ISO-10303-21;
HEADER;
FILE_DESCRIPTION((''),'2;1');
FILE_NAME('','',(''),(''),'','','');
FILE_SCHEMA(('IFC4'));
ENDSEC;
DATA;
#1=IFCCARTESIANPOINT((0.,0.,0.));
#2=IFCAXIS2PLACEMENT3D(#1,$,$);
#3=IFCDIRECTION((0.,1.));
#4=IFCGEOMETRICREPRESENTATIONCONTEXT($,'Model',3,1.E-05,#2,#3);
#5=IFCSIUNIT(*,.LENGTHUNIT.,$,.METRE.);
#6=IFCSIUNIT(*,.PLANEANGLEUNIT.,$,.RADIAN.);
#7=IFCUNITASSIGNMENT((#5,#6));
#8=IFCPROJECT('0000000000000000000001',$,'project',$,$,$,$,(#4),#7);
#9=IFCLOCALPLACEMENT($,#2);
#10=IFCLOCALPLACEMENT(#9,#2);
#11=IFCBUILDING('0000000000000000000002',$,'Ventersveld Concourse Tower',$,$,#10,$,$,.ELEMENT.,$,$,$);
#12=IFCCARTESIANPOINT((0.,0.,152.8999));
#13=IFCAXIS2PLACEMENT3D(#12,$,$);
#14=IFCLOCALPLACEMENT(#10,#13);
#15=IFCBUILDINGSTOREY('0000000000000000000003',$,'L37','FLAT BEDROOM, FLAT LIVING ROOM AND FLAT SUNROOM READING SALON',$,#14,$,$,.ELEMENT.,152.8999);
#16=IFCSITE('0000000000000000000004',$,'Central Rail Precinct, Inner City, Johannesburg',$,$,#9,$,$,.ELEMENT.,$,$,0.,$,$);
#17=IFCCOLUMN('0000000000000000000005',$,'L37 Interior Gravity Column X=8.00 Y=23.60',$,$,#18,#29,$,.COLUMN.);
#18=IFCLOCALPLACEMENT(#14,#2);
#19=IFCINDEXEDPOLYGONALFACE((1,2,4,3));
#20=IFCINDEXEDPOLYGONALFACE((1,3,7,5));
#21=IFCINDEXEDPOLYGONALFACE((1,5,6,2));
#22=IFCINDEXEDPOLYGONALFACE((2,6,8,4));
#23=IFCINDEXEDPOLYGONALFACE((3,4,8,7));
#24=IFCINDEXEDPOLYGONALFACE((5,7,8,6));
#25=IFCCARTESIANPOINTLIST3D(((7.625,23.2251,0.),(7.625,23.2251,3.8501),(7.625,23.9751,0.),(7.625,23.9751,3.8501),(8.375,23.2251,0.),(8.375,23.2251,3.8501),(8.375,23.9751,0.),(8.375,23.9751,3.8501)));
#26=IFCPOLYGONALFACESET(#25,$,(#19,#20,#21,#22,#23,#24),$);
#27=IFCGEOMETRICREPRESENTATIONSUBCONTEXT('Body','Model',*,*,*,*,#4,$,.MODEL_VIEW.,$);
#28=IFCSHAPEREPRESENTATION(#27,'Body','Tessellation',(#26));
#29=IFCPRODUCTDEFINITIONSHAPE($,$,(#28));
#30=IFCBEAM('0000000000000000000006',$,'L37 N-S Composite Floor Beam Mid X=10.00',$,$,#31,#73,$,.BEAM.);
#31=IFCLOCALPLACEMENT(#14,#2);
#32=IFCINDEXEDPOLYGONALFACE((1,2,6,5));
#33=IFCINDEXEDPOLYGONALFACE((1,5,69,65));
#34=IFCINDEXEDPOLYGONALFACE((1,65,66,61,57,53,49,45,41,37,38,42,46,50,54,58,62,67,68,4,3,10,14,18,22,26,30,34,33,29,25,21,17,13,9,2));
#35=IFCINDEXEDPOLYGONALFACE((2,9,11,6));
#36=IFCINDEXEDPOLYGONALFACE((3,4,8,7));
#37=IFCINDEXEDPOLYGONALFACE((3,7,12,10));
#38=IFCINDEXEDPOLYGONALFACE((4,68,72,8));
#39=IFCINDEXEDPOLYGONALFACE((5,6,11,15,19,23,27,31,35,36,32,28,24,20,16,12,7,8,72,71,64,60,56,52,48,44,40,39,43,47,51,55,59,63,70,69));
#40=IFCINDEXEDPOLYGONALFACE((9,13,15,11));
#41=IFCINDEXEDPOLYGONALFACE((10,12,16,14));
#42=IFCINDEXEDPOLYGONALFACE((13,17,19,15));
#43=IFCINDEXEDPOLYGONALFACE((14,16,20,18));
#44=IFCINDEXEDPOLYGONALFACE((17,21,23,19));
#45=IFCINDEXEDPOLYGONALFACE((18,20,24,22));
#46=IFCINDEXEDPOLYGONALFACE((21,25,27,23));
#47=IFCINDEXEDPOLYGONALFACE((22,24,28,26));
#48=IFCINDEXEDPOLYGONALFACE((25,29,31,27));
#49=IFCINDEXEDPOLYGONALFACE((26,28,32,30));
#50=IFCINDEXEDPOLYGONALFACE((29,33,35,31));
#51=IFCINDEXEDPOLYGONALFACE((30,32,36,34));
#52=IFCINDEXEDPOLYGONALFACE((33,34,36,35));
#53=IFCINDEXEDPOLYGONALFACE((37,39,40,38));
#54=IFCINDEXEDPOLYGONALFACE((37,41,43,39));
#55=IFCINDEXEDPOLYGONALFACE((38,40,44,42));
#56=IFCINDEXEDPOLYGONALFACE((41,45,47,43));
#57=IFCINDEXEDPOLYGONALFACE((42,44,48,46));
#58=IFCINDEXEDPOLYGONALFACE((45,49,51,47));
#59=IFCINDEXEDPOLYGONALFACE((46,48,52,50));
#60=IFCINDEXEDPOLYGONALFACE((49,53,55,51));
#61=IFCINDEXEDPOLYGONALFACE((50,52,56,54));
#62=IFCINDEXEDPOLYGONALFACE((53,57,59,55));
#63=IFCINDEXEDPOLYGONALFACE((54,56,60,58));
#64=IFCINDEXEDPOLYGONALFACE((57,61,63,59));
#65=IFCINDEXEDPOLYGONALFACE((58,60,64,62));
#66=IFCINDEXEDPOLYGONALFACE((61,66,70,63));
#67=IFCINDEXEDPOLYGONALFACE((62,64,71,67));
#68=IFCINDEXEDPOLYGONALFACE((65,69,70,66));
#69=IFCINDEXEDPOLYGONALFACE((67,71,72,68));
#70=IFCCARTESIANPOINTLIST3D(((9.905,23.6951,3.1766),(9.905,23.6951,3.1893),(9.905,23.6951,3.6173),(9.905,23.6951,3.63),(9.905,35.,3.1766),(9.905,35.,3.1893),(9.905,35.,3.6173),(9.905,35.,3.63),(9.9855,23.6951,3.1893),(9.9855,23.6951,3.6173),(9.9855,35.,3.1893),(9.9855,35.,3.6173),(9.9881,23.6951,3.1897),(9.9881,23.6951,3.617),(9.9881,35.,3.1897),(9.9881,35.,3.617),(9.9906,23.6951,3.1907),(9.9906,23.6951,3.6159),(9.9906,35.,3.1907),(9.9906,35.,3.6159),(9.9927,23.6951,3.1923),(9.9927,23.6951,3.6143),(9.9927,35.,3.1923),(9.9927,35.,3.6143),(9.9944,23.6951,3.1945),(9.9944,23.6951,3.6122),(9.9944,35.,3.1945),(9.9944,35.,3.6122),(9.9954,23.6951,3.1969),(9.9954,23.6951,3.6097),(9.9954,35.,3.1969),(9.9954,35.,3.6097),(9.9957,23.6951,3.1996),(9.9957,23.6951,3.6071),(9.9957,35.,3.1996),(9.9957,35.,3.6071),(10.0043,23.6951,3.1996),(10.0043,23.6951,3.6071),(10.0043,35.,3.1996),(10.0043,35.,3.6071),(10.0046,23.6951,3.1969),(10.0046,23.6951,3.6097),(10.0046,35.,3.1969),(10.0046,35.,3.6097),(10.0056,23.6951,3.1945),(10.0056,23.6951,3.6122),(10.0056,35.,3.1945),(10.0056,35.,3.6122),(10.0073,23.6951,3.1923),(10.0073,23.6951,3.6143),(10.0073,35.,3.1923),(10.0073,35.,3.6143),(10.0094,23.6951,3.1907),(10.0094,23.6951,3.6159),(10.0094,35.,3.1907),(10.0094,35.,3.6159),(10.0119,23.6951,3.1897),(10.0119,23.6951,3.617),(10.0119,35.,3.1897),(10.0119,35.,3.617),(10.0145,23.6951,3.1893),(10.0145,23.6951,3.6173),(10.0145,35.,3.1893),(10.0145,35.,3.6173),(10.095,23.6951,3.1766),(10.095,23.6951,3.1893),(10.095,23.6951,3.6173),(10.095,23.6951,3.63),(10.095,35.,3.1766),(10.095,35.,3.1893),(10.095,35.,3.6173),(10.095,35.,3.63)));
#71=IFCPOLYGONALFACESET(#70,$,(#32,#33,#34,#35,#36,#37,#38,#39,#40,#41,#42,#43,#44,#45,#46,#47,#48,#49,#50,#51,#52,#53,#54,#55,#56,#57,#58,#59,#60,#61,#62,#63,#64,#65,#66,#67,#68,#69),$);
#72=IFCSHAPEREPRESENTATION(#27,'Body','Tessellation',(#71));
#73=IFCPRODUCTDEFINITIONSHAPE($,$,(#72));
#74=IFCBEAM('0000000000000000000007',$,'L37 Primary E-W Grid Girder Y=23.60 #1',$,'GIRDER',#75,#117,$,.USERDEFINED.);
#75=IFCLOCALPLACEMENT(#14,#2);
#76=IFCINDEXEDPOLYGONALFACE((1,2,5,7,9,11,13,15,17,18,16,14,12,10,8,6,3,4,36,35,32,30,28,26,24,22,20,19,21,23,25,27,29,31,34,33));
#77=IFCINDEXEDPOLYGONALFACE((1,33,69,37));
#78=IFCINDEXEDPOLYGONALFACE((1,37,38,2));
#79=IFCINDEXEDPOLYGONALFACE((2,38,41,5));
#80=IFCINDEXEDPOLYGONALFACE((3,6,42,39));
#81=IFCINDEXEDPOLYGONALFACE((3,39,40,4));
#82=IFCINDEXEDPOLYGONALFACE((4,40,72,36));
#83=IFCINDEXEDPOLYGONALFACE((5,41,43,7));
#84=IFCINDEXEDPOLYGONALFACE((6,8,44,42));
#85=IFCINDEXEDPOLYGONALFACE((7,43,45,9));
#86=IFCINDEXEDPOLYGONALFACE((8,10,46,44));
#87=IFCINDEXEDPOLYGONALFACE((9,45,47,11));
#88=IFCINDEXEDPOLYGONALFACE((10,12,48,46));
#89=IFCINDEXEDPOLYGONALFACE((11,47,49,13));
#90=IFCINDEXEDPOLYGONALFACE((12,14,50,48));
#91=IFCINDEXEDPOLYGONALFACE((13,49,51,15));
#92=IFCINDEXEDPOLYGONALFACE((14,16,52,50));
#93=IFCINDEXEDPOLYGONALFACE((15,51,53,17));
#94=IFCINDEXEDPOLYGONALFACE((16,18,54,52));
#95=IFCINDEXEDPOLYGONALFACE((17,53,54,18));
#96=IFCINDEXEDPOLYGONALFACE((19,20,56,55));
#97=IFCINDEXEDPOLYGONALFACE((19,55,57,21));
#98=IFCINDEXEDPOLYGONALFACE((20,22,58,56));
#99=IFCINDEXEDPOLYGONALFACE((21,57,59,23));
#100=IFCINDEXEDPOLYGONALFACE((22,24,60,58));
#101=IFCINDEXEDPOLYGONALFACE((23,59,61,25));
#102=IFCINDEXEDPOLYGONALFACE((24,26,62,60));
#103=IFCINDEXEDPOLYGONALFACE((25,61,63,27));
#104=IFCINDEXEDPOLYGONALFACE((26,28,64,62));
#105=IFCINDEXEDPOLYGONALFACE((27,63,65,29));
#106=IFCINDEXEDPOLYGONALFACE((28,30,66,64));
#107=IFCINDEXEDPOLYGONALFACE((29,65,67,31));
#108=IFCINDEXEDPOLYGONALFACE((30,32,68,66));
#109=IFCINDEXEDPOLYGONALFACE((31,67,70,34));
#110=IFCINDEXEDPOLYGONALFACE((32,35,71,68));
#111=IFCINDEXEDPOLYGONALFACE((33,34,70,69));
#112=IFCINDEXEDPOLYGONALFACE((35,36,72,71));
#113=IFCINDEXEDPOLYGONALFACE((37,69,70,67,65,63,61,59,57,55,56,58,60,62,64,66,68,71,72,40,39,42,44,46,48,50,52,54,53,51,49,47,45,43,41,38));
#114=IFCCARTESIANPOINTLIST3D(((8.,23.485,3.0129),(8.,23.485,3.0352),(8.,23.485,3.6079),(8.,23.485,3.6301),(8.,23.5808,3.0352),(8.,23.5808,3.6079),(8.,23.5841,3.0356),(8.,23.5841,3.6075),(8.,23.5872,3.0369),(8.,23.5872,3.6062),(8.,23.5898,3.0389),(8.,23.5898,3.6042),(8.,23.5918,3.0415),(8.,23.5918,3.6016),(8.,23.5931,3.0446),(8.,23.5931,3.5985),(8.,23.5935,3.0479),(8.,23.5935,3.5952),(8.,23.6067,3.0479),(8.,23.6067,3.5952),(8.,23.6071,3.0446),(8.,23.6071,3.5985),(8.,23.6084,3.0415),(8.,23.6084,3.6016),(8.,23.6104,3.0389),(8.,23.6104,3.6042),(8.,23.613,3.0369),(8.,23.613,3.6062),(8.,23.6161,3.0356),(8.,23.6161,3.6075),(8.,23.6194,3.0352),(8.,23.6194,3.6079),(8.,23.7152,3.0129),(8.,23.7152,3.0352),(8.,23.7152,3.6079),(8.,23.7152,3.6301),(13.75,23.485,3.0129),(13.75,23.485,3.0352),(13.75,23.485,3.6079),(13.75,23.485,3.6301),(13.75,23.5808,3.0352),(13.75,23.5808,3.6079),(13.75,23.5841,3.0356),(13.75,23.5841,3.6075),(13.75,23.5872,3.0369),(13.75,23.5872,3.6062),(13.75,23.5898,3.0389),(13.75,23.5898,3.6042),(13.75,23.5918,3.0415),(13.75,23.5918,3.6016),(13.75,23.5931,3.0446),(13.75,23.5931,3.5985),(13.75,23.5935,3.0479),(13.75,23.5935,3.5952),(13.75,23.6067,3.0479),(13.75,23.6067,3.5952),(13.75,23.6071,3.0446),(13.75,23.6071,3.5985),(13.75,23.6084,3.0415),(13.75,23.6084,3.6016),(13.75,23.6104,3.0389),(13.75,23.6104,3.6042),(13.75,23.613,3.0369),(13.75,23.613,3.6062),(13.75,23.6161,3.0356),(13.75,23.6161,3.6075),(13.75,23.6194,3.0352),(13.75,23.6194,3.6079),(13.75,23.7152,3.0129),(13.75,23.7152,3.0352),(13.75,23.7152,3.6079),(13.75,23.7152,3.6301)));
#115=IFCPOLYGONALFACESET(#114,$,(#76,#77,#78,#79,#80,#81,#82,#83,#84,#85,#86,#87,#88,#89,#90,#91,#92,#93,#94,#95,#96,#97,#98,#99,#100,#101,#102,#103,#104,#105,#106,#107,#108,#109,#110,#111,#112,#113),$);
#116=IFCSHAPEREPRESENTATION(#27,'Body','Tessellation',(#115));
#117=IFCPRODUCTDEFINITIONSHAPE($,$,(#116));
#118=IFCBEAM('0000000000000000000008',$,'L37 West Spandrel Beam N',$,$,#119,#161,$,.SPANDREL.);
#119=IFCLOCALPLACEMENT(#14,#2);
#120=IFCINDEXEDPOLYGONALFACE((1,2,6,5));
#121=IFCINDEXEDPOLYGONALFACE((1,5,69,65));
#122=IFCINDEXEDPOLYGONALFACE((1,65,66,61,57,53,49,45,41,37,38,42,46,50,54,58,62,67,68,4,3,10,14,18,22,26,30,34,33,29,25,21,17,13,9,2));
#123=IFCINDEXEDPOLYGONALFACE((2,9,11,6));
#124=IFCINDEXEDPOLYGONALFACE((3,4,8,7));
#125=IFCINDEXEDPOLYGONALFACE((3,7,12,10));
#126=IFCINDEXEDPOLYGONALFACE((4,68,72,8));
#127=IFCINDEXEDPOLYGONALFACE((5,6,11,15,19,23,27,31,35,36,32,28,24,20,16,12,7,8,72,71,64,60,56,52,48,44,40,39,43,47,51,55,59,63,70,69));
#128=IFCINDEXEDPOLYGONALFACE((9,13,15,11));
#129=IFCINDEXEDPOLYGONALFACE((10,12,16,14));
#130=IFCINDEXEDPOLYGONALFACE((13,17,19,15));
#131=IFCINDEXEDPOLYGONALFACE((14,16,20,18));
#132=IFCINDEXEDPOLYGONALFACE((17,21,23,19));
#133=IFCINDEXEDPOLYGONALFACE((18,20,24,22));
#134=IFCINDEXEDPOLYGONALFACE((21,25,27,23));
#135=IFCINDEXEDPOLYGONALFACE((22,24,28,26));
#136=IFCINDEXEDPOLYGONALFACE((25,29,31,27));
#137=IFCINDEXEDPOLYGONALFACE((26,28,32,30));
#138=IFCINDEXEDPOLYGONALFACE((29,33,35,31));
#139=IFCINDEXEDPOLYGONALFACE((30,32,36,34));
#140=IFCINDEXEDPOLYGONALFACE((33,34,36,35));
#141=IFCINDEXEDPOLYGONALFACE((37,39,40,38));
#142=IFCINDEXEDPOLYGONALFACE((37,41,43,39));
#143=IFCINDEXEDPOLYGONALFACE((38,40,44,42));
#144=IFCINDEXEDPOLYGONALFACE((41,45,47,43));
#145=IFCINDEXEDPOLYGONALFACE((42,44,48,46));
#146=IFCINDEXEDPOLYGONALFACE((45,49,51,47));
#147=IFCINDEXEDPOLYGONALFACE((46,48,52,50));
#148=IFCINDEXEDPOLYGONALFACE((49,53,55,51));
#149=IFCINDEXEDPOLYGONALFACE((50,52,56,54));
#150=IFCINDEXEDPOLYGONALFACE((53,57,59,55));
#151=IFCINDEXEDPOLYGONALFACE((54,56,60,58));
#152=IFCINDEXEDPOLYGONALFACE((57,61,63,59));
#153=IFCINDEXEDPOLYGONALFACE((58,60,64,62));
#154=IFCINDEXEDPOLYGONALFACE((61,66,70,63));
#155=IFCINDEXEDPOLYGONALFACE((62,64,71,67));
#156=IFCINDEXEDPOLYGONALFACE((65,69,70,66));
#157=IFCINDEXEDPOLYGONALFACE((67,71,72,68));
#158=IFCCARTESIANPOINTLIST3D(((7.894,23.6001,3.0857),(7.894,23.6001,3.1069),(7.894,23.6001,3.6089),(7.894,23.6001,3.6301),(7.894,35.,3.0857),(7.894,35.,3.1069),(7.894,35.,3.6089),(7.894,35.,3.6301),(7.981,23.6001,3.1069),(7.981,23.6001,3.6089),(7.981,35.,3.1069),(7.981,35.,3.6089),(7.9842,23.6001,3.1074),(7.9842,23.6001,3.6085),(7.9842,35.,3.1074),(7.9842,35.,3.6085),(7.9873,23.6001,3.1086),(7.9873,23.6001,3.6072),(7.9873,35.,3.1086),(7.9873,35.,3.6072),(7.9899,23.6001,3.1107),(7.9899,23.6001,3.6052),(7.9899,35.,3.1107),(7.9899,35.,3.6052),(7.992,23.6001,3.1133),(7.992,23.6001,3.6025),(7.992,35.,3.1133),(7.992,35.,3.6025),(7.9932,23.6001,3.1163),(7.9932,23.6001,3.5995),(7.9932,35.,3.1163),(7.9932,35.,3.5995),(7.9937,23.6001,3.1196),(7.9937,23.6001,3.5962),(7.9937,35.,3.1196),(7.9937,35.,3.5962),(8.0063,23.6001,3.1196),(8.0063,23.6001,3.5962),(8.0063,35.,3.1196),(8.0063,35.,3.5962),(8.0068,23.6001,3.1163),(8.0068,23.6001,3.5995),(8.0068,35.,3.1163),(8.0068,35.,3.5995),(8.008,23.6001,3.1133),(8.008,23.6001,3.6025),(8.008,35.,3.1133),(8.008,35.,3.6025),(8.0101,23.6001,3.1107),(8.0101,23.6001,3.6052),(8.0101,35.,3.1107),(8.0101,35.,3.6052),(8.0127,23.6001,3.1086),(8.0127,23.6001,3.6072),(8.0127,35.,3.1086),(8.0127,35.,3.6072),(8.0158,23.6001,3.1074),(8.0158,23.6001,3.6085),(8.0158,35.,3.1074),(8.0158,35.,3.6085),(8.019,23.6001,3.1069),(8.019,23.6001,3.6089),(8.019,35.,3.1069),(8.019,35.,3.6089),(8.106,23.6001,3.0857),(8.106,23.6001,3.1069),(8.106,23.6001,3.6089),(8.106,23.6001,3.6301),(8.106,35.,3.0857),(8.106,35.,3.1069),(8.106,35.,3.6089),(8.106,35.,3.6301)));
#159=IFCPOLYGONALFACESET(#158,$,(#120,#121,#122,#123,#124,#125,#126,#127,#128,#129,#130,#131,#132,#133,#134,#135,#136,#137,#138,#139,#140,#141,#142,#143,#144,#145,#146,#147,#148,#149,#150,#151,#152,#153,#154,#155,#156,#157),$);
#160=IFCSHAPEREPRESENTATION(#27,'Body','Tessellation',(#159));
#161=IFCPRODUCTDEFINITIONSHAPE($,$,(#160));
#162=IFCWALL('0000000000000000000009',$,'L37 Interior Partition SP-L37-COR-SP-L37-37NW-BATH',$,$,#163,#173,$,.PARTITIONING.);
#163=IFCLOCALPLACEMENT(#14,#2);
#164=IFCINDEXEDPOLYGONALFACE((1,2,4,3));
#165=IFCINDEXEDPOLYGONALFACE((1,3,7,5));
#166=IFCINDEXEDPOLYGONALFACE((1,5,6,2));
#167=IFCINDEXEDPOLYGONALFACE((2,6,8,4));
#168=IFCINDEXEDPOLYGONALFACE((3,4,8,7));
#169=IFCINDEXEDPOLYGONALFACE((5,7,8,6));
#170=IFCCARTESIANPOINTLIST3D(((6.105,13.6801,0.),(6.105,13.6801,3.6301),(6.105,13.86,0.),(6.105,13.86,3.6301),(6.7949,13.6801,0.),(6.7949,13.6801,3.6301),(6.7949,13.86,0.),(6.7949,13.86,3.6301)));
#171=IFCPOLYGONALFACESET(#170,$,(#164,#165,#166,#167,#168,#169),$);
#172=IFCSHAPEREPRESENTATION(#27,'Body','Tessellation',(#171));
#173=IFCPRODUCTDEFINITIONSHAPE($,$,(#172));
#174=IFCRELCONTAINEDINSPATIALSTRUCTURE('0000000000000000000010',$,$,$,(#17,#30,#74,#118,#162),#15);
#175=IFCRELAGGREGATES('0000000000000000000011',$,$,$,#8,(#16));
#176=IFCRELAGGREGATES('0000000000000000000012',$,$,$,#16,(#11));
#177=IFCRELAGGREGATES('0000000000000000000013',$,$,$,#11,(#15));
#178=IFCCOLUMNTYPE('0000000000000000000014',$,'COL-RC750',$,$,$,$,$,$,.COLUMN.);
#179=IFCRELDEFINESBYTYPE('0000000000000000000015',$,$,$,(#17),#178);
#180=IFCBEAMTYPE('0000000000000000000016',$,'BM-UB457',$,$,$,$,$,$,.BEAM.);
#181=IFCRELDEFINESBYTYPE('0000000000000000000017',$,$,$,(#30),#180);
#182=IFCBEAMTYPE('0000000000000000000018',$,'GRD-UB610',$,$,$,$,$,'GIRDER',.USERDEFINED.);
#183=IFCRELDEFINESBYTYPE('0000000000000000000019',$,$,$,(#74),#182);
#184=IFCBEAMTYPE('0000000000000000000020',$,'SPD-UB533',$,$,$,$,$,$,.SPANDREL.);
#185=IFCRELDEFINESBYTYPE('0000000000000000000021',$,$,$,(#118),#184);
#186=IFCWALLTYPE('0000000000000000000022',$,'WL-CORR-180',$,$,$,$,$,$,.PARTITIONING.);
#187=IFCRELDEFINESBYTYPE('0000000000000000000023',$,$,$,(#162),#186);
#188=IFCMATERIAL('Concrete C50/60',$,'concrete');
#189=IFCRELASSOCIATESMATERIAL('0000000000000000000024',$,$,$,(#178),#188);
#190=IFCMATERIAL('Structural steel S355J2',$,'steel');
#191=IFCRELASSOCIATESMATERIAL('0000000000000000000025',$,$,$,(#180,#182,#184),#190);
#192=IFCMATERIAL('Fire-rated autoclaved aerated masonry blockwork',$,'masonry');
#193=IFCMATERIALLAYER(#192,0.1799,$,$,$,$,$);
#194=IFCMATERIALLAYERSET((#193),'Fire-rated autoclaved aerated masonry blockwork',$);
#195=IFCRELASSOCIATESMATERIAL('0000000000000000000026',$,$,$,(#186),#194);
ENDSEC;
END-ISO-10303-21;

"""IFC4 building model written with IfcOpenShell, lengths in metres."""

from ifc_helpers import new_model, si_unit, direction, frame, frame_2d, origin, origin_2d, place, context, subcontext, project, spatial, rectangle, i_section, extrude, material, layer, layer_set, material_profile, profile_set, type_object, element, save


model = new_model("IFC4")

# Units and contexts
model_context = context("Model", 3, precision=1e-05, world=origin(), true_north=direction((0.0, 1.0)))
body_context = subcontext(model_context, "Body", "Model", "MODEL_VIEW")
ifc_project = project(units=[si_unit("LENGTHUNIT", "METRE"), si_unit("PLANEANGLEUNIT", "RADIAN")], contexts=[model_context])

# Site, building, storey
site_placement = place(None, origin())
site = spatial("IfcSite", under=ifc_project, at=site_placement, Name="Central Rail Precinct, Inner City, Johannesburg", CompositionType="ELEMENT", RefElevation=0.0)
building_placement = place(site_placement, origin())
building = spatial("IfcBuilding", under=site, at=building_placement, Name="Ventersveld Concourse Tower", CompositionType="ELEMENT")
storey_placement = place(building_placement, frame((0.0, 0.0, 152.8999)))
storey = spatial("IfcBuildingStorey", under=building, at=storey_placement, Name="L37", Description="FLAT BEDROOM, FLAT LIVING ROOM AND FLAT SUNROOM READING SALON", CompositionType="ELEMENT", Elevation=152.8999)

# Column
ifc_material_1 = material(Name="Concrete C50/60", Category="concrete")
ifc_material_profile_1 = material_profile(ifc_material_1, rectangle(XDim=0.75, YDim=0.75, at=origin_2d()), Name="RC 750x750")
ifc_profile_set_1 = profile_set([ifc_material_profile_1], Name="Concrete C50/60")
column_type = type_object("IfcColumnType", Name="COL-RC750", PredefinedType="COLUMN", material=ifc_profile_set_1)
column_placement = place(storey_placement, frame((8.0, 23.6001, 0.0), z_axis=(0.0, 0.0, 1.0), x_axis=(1.0, 0.0, 0.0)))
element("IfcColumn", 1, at=column_placement, inside=storey, type_object=column_type, Name="L37 Interior Gravity Column X=8.00 Y=23.60", PredefinedType="COLUMN", context=body_context, shape_type="SweptSolid", body=[
    extrude(rectangle(XDim=0.75, YDim=0.75, at=origin_2d()), origin(), (0.0, 0.0, 1.0), 3.8501),
])

# Beams
ifc_material_2 = material(Name="Structural steel S355J2", Category="steel")
ifc_material_profile_2 = material_profile(ifc_material_2, i_section(OverallWidth=0.1899, OverallDepth=0.4534, WebThickness=0.0085, FlangeThickness=0.0127, FilletRadius=0.0103, at=origin_2d()), Name="UB 457x191x67")
ifc_profile_set_2 = profile_set([ifc_material_profile_2], Name="Structural steel S355J2")
beam_type_1 = type_object("IfcBeamType", Name="BM-UB457", PredefinedType="BEAM", material=ifc_profile_set_2)
beam_1_placement = place(storey_placement, frame((10.0, 23.6951, 3.4033), z_axis=(0.0, 1.0, 0.0), x_axis=(-1.0, 0.0, 0.0)))
element("IfcBeam", 2, at=beam_1_placement, inside=storey, type_object=beam_type_1, Name="L37 N-S Composite Floor Beam Mid X=10.00", PredefinedType="BEAM", context=body_context, shape_type="SweptSolid", body=[
    extrude(i_section(OverallWidth=0.1899, OverallDepth=0.4534, WebThickness=0.0085, FlangeThickness=0.0127, FilletRadius=0.0103, at=origin_2d()), origin(), (0.0, 0.0, 1.0), 11.3049),
])
ifc_material_profile_3 = material_profile(ifc_material_2, i_section(OverallWidth=0.2302, OverallDepth=0.6172, WebThickness=0.0132, FlangeThickness=0.0222, FilletRadius=0.0127, at=origin_2d()), Name="UB 610x229x140")
ifc_profile_set_3 = profile_set([ifc_material_profile_3], Name="Structural steel S355J2")
beam_type_2 = type_object("IfcBeamType", Name="GRD-UB610", ElementType="GIRDER", PredefinedType="USERDEFINED", material=ifc_profile_set_3)
beam_2_placement = place(storey_placement, frame((8.0, 23.6001, 3.3215), z_axis=(1.0, 0.0, 0.0), x_axis=(0.0, 1.0, 0.0)))
element("IfcBeam", 3, at=beam_2_placement, inside=storey, type_object=beam_type_2, Name="L37 Primary E-W Grid Girder Y=23.60 #1", ObjectType="GIRDER", PredefinedType="USERDEFINED", context=body_context, shape_type="SweptSolid", body=[
    extrude(i_section(OverallWidth=0.2302, OverallDepth=0.6172, WebThickness=0.0132, FlangeThickness=0.0222, FilletRadius=0.0127, at=origin_2d()), origin(), (0.0, 0.0, 1.0), 5.75),
])
ifc_material_profile_4 = material_profile(ifc_material_2, i_section(OverallWidth=0.2119, OverallDepth=0.5444, WebThickness=0.0127, FlangeThickness=0.0212, FilletRadius=0.0127, at=origin_2d()), Name="UB 533x210x122")
ifc_profile_set_4 = profile_set([ifc_material_profile_4], Name="Structural steel S355J2")
beam_type_3 = type_object("IfcBeamType", Name="SPD-UB533", PredefinedType="SPANDREL", material=ifc_profile_set_4)
beam_3_placement = place(storey_placement, frame((8.0, 23.6001, 3.3579), z_axis=(0.0, 1.0, 0.0), x_axis=(-1.0, 0.0, 0.0)))
element("IfcBeam", 4, at=beam_3_placement, inside=storey, type_object=beam_type_3, Name="L37 West Spandrel Beam N", PredefinedType="SPANDREL", context=body_context, shape_type="SweptSolid", body=[
    extrude(i_section(OverallWidth=0.2119, OverallDepth=0.5444, WebThickness=0.0127, FlangeThickness=0.0212, FilletRadius=0.0127, at=origin_2d()), origin(), (0.0, 0.0, 1.0), 11.3999),
])

# Shared definitions
ifc_material_3 = material(Name="Fire-rated autoclaved aerated masonry blockwork", Category="masonry")
ifc_layer_1 = layer(ifc_material_3, 0.1799)
ifc_layer_set_1 = layer_set([ifc_layer_1], Name="Fire-rated autoclaved aerated masonry blockwork")
wall_type_1 = type_object("IfcWallType", Name="WL-CORR-180", PredefinedType="PARTITIONING", material=ifc_layer_set_1)

# Wall
wall_1_placement = place(storey_placement, frame((6.105, 13.77, 0.0), z_axis=(0.0, 0.0, 1.0), x_axis=(1.0, 0.0, 0.0)))
element("IfcWall", 5, at=wall_1_placement, inside=storey, type_object=wall_type_1, Name="L37 Interior Partition SP-L37-COR-SP-L37-37NW-BATH", PredefinedType="PARTITIONING", context=body_context, shape_type="SweptSolid", body=[
    extrude(rectangle(XDim=0.6899, YDim=0.1799, at=frame_2d((0.345, 0.0))), origin(), (0.0, 0.0, 1.0), 3.6301),
])

save(model, "model.ifc")
